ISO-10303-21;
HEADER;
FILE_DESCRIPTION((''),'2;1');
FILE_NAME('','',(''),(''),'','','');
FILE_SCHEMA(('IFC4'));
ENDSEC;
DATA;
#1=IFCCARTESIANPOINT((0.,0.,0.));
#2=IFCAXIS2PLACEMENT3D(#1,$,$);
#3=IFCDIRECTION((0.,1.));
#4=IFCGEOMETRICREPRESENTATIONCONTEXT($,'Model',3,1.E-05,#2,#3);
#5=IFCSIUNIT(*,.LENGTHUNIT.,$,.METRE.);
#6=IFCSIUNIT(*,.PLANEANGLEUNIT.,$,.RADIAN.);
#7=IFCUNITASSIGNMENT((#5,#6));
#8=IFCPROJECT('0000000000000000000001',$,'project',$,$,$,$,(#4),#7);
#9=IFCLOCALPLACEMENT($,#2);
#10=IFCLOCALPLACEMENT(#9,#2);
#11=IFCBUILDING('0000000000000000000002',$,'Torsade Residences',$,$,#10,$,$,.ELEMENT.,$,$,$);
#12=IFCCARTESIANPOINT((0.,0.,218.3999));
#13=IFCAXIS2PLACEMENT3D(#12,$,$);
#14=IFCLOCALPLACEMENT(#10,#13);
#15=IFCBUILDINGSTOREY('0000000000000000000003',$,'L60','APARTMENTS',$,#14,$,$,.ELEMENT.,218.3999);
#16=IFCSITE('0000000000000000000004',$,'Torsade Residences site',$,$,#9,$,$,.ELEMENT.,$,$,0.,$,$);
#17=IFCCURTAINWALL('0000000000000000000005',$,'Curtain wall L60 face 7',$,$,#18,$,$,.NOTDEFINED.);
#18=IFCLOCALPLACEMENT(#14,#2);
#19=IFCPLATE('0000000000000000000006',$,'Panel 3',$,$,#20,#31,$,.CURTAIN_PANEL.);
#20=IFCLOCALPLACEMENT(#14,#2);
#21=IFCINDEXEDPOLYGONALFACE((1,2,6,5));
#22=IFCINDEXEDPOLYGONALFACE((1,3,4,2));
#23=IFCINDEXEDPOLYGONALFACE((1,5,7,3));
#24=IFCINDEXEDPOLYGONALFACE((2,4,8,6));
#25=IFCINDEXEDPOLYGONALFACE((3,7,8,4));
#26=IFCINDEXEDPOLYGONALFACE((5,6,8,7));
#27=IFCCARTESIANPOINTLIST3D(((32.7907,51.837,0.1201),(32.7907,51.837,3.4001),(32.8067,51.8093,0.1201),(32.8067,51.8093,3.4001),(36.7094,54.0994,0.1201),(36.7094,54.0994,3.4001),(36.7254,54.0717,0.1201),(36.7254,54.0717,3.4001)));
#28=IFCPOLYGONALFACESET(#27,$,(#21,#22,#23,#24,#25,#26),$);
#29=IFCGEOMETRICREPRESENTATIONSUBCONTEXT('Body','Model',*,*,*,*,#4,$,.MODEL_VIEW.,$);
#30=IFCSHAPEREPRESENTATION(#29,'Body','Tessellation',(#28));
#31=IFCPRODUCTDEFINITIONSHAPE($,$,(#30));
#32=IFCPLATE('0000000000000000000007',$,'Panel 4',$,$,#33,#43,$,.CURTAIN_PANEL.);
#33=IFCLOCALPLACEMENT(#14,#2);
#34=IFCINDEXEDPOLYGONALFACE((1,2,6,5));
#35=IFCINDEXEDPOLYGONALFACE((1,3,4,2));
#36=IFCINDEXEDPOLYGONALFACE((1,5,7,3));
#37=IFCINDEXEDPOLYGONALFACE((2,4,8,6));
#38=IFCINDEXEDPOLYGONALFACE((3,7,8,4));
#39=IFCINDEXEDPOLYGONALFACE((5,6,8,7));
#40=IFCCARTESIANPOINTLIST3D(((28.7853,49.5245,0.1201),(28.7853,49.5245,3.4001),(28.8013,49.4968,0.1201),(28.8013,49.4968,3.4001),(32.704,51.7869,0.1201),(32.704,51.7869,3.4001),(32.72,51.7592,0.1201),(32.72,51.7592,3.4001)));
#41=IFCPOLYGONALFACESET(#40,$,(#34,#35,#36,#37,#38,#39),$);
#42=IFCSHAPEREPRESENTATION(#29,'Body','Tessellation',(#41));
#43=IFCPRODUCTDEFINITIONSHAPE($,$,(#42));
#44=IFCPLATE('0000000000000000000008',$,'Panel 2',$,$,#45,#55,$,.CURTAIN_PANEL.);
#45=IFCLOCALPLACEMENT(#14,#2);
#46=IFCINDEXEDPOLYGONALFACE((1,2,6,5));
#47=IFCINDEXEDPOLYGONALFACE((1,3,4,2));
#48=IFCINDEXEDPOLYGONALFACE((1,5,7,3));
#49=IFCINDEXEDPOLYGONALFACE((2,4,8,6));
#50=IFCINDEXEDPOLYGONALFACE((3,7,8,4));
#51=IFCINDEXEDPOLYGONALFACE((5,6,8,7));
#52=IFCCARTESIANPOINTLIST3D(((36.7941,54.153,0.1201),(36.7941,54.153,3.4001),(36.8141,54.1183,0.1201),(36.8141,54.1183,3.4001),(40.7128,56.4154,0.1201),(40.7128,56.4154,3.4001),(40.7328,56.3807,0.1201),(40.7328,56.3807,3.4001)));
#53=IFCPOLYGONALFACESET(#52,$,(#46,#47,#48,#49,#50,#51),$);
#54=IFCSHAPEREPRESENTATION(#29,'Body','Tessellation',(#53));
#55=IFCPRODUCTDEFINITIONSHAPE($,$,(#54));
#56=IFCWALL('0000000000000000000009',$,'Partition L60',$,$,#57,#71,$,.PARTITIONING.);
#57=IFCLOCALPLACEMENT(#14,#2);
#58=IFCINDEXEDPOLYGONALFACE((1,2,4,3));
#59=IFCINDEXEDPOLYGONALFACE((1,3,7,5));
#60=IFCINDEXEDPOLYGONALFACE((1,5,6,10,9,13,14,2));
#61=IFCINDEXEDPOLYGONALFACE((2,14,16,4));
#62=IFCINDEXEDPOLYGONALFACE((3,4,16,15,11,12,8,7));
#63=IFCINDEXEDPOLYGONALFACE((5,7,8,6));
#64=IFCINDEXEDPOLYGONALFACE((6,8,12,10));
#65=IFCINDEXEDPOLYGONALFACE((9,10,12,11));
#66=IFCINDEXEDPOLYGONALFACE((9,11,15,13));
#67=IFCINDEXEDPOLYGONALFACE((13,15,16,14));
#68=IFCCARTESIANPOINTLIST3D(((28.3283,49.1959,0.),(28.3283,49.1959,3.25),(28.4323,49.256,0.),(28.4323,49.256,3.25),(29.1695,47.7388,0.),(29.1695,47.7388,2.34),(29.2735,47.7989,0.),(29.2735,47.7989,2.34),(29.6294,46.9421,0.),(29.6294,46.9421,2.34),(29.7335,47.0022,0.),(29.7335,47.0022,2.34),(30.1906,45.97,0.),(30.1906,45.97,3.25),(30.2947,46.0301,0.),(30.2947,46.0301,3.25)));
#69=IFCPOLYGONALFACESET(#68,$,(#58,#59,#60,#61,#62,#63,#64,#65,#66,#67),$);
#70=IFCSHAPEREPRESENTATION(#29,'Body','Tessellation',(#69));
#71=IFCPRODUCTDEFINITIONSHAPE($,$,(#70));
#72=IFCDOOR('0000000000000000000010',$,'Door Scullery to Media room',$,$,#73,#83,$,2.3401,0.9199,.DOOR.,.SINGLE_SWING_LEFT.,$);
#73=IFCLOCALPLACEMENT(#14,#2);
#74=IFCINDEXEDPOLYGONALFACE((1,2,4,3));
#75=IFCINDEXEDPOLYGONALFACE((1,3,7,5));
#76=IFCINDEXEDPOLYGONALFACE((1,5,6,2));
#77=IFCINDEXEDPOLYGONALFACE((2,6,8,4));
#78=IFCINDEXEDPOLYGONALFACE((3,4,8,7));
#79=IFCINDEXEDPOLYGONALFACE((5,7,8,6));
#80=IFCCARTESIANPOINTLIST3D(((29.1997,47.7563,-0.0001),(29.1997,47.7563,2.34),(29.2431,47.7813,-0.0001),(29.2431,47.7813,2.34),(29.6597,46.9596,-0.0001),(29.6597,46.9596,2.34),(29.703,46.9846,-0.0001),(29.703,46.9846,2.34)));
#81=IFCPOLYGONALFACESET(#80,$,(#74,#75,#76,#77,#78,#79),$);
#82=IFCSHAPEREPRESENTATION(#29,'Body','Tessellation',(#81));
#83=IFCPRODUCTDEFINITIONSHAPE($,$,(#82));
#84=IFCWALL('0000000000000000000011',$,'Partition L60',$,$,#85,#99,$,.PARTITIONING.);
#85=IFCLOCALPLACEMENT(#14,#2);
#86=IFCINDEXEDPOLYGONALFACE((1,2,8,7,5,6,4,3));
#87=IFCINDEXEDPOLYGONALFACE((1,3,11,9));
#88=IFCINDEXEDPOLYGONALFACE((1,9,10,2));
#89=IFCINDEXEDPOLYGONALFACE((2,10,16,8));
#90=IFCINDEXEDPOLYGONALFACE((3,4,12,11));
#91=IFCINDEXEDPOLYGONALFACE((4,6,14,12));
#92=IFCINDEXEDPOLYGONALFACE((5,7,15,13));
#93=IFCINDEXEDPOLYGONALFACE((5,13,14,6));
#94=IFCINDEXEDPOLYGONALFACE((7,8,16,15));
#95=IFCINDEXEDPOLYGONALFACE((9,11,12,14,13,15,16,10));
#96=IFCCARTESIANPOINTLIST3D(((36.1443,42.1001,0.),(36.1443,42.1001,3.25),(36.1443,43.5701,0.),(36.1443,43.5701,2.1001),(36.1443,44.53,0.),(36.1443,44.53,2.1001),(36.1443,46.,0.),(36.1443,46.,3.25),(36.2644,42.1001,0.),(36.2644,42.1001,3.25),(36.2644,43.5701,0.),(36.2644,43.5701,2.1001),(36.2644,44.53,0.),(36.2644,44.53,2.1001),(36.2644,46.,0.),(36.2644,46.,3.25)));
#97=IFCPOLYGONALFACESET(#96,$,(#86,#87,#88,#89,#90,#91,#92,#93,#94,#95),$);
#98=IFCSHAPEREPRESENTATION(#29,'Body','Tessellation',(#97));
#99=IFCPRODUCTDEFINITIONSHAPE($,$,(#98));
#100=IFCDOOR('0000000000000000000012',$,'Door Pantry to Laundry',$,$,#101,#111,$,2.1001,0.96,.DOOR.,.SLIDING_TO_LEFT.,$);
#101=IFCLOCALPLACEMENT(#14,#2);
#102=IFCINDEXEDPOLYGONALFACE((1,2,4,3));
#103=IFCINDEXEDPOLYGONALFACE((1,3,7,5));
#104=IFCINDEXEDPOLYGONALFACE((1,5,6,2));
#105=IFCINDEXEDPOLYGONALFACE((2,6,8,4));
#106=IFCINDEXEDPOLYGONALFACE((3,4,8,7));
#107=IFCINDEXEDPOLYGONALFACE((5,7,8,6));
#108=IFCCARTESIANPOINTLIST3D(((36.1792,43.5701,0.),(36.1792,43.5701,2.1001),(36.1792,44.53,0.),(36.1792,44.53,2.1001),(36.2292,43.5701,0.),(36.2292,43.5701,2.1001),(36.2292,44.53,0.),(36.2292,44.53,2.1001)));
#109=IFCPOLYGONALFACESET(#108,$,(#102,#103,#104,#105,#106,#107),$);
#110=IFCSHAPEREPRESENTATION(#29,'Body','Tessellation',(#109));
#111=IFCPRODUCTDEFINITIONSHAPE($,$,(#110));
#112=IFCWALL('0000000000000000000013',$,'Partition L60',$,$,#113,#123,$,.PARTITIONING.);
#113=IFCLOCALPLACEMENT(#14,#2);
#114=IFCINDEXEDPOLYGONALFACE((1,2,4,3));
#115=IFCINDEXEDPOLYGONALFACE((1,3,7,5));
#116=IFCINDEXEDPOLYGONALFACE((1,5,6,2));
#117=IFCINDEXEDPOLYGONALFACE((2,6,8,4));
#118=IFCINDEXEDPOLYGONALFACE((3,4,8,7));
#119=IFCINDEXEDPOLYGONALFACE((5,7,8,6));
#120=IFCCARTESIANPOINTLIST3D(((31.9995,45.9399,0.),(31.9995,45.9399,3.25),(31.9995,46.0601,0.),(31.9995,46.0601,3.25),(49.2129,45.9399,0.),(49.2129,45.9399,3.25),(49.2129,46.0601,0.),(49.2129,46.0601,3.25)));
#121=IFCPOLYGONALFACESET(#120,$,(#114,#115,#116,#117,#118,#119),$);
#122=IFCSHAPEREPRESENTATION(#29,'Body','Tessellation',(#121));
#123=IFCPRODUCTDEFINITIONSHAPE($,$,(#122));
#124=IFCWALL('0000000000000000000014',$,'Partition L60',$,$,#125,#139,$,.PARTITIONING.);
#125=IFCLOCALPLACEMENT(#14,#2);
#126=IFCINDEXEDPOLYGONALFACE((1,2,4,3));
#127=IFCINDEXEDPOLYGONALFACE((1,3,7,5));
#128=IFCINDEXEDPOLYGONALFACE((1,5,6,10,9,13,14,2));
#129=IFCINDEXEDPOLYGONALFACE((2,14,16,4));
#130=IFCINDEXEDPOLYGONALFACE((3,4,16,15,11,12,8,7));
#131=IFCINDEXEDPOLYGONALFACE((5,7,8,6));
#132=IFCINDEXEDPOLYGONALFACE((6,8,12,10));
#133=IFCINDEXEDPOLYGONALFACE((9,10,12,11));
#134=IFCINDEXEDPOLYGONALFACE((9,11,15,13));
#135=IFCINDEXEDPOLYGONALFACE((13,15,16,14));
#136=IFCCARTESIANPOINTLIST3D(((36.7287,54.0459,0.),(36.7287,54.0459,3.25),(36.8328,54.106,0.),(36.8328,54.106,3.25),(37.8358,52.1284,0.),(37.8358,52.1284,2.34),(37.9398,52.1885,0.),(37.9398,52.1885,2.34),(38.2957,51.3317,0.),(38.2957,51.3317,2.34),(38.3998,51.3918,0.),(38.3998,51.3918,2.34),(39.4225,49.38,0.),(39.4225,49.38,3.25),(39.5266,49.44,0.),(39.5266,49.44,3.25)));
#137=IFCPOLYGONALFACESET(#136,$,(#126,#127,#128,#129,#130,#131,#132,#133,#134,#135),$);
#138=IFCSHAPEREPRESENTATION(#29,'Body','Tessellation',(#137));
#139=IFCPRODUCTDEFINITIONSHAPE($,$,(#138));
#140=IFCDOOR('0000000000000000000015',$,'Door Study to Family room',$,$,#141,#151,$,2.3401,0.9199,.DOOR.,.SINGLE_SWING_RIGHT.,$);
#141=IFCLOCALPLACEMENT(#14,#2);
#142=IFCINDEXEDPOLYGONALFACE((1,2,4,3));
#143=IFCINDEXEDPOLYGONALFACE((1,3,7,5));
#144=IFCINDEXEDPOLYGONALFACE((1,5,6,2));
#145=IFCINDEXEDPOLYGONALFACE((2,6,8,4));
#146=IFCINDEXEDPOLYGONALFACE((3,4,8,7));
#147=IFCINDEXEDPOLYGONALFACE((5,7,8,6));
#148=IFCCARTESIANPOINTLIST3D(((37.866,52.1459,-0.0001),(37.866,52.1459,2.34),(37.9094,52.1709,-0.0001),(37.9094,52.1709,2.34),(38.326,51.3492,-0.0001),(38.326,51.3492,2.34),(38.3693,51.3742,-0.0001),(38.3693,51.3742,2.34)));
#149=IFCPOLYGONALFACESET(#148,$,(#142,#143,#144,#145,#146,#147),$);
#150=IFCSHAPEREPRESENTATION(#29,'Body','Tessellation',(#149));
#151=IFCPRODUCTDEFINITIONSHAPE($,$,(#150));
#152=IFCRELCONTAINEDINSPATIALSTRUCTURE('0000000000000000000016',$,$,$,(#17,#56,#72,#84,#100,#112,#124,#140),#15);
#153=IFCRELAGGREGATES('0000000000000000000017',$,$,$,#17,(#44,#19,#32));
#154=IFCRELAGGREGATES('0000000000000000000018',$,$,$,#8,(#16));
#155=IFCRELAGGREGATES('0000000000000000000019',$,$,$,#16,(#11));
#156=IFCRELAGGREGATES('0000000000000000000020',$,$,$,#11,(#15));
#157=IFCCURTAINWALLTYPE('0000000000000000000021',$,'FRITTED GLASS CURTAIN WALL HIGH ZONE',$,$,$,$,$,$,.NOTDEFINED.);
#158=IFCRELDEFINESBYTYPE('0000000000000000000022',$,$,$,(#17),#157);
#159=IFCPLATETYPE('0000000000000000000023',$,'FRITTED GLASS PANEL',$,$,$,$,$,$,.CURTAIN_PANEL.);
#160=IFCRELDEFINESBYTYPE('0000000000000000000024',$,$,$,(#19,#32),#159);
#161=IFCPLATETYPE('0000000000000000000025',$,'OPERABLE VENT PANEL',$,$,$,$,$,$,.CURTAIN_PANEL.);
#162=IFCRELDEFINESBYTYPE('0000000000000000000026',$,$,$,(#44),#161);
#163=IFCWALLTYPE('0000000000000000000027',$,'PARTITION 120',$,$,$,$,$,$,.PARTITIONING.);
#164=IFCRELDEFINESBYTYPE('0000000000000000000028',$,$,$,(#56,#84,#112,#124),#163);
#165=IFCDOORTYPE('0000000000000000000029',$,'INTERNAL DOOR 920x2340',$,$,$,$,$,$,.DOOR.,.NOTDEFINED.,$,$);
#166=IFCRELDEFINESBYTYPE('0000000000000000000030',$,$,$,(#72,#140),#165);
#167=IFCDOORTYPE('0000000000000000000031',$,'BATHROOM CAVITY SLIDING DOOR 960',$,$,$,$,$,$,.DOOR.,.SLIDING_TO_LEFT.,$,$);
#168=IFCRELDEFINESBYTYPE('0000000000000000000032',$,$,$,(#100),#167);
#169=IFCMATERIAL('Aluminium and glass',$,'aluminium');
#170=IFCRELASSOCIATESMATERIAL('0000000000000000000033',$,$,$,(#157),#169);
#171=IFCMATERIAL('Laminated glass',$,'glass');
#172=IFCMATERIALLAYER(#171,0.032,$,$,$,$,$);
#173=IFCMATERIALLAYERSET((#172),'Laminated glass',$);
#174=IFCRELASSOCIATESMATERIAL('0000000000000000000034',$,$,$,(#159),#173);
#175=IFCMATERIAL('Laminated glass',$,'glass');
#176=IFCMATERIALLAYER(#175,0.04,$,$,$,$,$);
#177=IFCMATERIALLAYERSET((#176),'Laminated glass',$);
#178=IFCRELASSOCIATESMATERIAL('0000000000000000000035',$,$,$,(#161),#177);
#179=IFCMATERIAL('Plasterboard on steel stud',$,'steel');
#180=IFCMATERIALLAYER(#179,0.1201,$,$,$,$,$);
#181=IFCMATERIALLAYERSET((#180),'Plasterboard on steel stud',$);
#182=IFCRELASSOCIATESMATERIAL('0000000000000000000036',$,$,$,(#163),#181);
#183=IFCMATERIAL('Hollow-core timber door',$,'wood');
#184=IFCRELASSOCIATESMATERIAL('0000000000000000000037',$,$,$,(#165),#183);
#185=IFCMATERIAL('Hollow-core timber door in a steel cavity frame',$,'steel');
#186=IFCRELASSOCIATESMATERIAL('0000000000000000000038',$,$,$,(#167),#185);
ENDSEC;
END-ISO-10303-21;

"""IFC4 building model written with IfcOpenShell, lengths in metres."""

from ifc_helpers import new_model, si_unit, direction, frame, frame_2d, origin, origin_2d, place, context, subcontext, project, spatial, rectangle, extrude, material, layer, layer_set, type_object, element, fill, aggregate, save


model = new_model("IFC4")

# Units and contexts
model_context = context("Model", 3, precision=1e-05, world=origin(), true_north=direction((0.0, 1.0)))
body_context = subcontext(model_context, "Body", "Model", "MODEL_VIEW")
ifc_project = project(units=[si_unit("LENGTHUNIT", "METRE"), si_unit("PLANEANGLEUNIT", "RADIAN")], contexts=[model_context])

# Site, building, storey
site_placement = place(None, origin())
site = spatial("IfcSite", under=ifc_project, at=site_placement, Name="Torsade Residences site", CompositionType="ELEMENT", RefElevation=0.0)
building_placement = place(site_placement, origin())
building = spatial("IfcBuilding", under=site, at=building_placement, Name="Torsade Residences", CompositionType="ELEMENT")
storey_placement = place(building_placement, frame((0.0, 0.0, 218.3999)))
storey = spatial("IfcBuildingStorey", under=building, at=storey_placement, Name="L60", Description="APARTMENTS", CompositionType="ELEMENT", Elevation=218.3999)

# Curtain wall
ifc_material_1 = material(Name="Aluminium and glass", Category="aluminium")
curtain_wall_type = type_object("IfcCurtainWallType", Name="FRITTED GLASS CURTAIN WALL HIGH ZONE", PredefinedType="NOTDEFINED", material=ifc_material_1)
curtain_wall_placement = place(storey_placement, origin())
curtain_wall = element("IfcCurtainWall", 1, at=curtain_wall_placement, inside=storey, type_object=curtain_wall_type, Name="Curtain wall L60 face 7", PredefinedType="NOTDEFINED")

# Plates
ifc_material_2 = material(Name="Laminated glass", Category="glass")
ifc_layer_1 = layer(ifc_material_2, 0.032)
ifc_layer_set_1 = layer_set([ifc_layer_1], Name="Laminated glass")
plate_type_1 = type_object("IfcPlateType", Name="FRITTED GLASS PANEL", PredefinedType="CURTAIN_PANEL", material=ifc_layer_set_1)
plate_1_placement = place(storey_placement, frame((34.7581, 52.9543, 0.1201), z_axis=(0.0, 0.0, 1.0), x_axis=(-0.866025, -0.5, 0.0)))
plate_1 = element("IfcPlate", 2, at=plate_1_placement, type_object=plate_type_1, Name="Panel 3", PredefinedType="CURTAIN_PANEL", context=body_context, shape_type="SweptSolid", body=[
    extrude(rectangle(XDim=4.5249, YDim=0.032, at=origin_2d()), origin(), (0.0, 0.0, 1.0), 3.28),
])
plate_2_placement = place(storey_placement, frame((30.7527, 50.6418, 0.1201), z_axis=(0.0, 0.0, 1.0), x_axis=(-0.866025, -0.5, 0.0)))
plate_2 = element("IfcPlate", 3, at=plate_2_placement, type_object=plate_type_1, Name="Panel 4", PredefinedType="CURTAIN_PANEL", context=body_context, shape_type="SweptSolid", body=[
    extrude(rectangle(XDim=4.5249, YDim=0.032, at=origin_2d()), origin(), (0.0, 0.0, 1.0), 3.28),
])
ifc_material_3 = material(Name="Laminated glass", Category="glass")
ifc_layer_2 = layer(ifc_material_3, 0.04)
ifc_layer_set_2 = layer_set([ifc_layer_2], Name="Laminated glass")
plate_type_2 = type_object("IfcPlateType", Name="OPERABLE VENT PANEL", PredefinedType="CURTAIN_PANEL", material=ifc_layer_set_2)
plate_3_placement = place(storey_placement, frame((38.7634, 55.2668, 0.1201), z_axis=(0.0, 0.0, 1.0), x_axis=(-0.866025, -0.5, 0.0)))
plate_3 = element("IfcPlate", 4, at=plate_3_placement, type_object=plate_type_2, Name="Panel 2", PredefinedType="CURTAIN_PANEL", context=body_context, shape_type="SweptSolid", body=[
    extrude(rectangle(XDim=4.5249, YDim=0.04, at=origin_2d()), origin(), (0.0, 0.0, 1.0), 3.28),
])
aggregate(curtain_wall, [plate_3, plate_1, plate_2])

# Walls, openings, doors
ifc_material_4 = material(Name="Plasterboard on steel stud", Category="steel")
ifc_layer_3 = layer(ifc_material_4, 0.1201)
ifc_layer_set_3 = layer_set([ifc_layer_3], Name="Plasterboard on steel stud")
wall_type_1 = type_object("IfcWallType", Name="PARTITION 120", PredefinedType="PARTITIONING", material=ifc_layer_set_3)
wall_1_placement = place(storey_placement, frame((28.3804, 49.2258, 0.0), z_axis=(0.0, 0.0, 1.0), x_axis=(0.499974, -0.86604, 0.0)))
wall_1 = element("IfcWall", 5, at=wall_1_placement, inside=storey, type_object=wall_type_1, Name="Partition L60", PredefinedType="PARTITIONING", context=body_context, shape_type="SweptSolid", body=[
    extrude(rectangle(XDim=3.7249, YDim=0.1201, at=frame_2d((1.8623, 0.0))), origin(), (0.0, 0.0, 1.0), 3.25),
])
opening_1_placement = place(wall_1_placement, frame((1.6824, 0.0, 0.0)))
opening_1 = element("IfcOpeningElement", 6, at=opening_1_placement, cuts=wall_1, PredefinedType="OPENING", context=body_context, shape_type="SweptSolid", body=[
    extrude(rectangle(XDim=0.9199, YDim=2.3401, at=frame_2d((0.46, 1.1699))), frame((0.0, 0.0701, 0.0), z_axis=(0.0, -1.0, 0.0), x_axis=(1.0, 0.0, 0.0)), (0.0, 0.0, 1.0), 0.1401),
])
ifc_material_5 = material(Name="Hollow-core timber door", Category="wood")
door_type_1 = type_object("IfcDoorType", Name="INTERNAL DOOR 920x2340", OperationType="NOTDEFINED", PredefinedType="DOOR", material=ifc_material_5)
door_1_placement = place(opening_1_placement, origin())
door_1 = element("IfcDoor", 7, at=door_1_placement, inside=storey, type_object=door_type_1, Name="Door Scullery to Media room", OperationType="SINGLE_SWING_LEFT", OverallHeight=2.3401, OverallWidth=0.9199, PredefinedType="DOOR", context=body_context, shape_type="SweptSolid", body=[
    extrude(rectangle(XDim=0.9199, YDim=2.3401, at=frame_2d((0.46, 1.1699))), frame((0.0, 0.0249, 0.0), z_axis=(0.0, -1.0, 0.0), x_axis=(1.0, 0.0, 0.0)), (0.0, 0.0, 1.0), 0.05),
])
fill(opening_1, door_1)
wall_2_placement = place(storey_placement, frame((36.2043, 46.0, 0.0), z_axis=(0.0, 0.0, 1.0), x_axis=(0.0, -1.0, 0.0)))
wall_2 = element("IfcWall", 8, at=wall_2_placement, inside=storey, type_object=wall_type_1, Name="Partition L60", PredefinedType="PARTITIONING", context=body_context, shape_type="SweptSolid", body=[
    extrude(rectangle(XDim=3.8999, YDim=0.1201, at=frame_2d((1.95, 0.0))), origin(), (0.0, 0.0, 1.0), 3.25),
])
opening_2_placement = place(wall_2_placement, frame((1.47, 0.0, 0.0)))
opening_2 = element("IfcOpeningElement", 9, at=opening_2_placement, cuts=wall_2, PredefinedType="OPENING", context=body_context, shape_type="SweptSolid", body=[
    extrude(rectangle(XDim=0.96, YDim=2.1001, at=frame_2d((0.48, 1.05))), frame((0.0, 0.0701, 0.0), z_axis=(0.0, -1.0, 0.0), x_axis=(1.0, 0.0, 0.0)), (0.0, 0.0, 1.0), 0.1401),
])
ifc_material_6 = material(Name="Hollow-core timber door in a steel cavity frame", Category="steel")
door_type_2 = type_object("IfcDoorType", Name="BATHROOM CAVITY SLIDING DOOR 960", OperationType="SLIDING_TO_LEFT", PredefinedType="DOOR", material=ifc_material_6)
door_2_placement = place(opening_2_placement, origin())
door_2 = element("IfcDoor", 10, at=door_2_placement, inside=storey, type_object=door_type_2, Name="Door Pantry to Laundry", OperationType="SLIDING_TO_LEFT", OverallHeight=2.1001, OverallWidth=0.96, PredefinedType="DOOR", context=body_context, shape_type="SweptSolid", body=[
    extrude(rectangle(XDim=0.96, YDim=2.1001, at=frame_2d((0.48, 1.05))), frame((0.0, 0.0249, 0.0), z_axis=(0.0, -1.0, 0.0), x_axis=(1.0, 0.0, 0.0)), (0.0, 0.0, 1.0), 0.05),
])
fill(opening_2, door_2)

# Wall
wall_3_placement = place(storey_placement, frame((31.9995, 46.0, 0.0), z_axis=(0.0, 0.0, 1.0), x_axis=(1.0, 0.0, 0.0)))
element("IfcWall", 11, at=wall_3_placement, inside=storey, type_object=wall_type_1, Name="Partition L60", PredefinedType="PARTITIONING", context=body_context, shape_type="SweptSolid", body=[
    extrude(rectangle(XDim=17.2134, YDim=0.1201, at=frame_2d((8.6067, 0.0))), origin(), (0.0, 0.0, 1.0), 3.25),
])

# Wall, opening, door
wall_4_placement = place(storey_placement, frame((36.7808, 54.0759, 0.0), z_axis=(0.0, 0.0, 1.0), x_axis=(0.499989, -0.866032, 0.0)))
wall_4 = element("IfcWall", 12, at=wall_4_placement, inside=storey, type_object=wall_type_1, Name="Partition L60", PredefinedType="PARTITIONING", context=body_context, shape_type="SweptSolid", body=[
    extrude(rectangle(XDim=5.3877, YDim=0.1201, at=frame_2d((2.6938, 0.0))), origin(), (0.0, 0.0, 1.0), 3.25),
])
opening_3_placement = place(wall_4_placement, frame((2.2141, 0.0, 0.0)))
opening_3 = element("IfcOpeningElement", 13, at=opening_3_placement, cuts=wall_4, PredefinedType="OPENING", context=body_context, shape_type="SweptSolid", body=[
    extrude(rectangle(XDim=0.9199, YDim=2.3401, at=frame_2d((0.46, 1.1699))), frame((0.0, 0.0701, 0.0), z_axis=(0.0, -1.0, 0.0), x_axis=(1.0, 0.0, 0.0)), (0.0, 0.0, 1.0), 0.1401),
])
door_3_placement = place(opening_3_placement, origin())
door_3 = element("IfcDoor", 14, at=door_3_placement, inside=storey, type_object=door_type_1, Name="Door Study to Family room", OperationType="SINGLE_SWING_RIGHT", OverallHeight=2.3401, OverallWidth=0.9199, PredefinedType="DOOR", context=body_context, shape_type="SweptSolid", body=[
    extrude(rectangle(XDim=0.9199, YDim=2.3401, at=frame_2d((0.46, 1.1699))), frame((0.0, 0.0249, 0.0), z_axis=(0.0, -1.0, 0.0), x_axis=(1.0, 0.0, 0.0)), (0.0, 0.0, 1.0), 0.05),
])
fill(opening_3, door_3)

save(model, "model.ifc")
